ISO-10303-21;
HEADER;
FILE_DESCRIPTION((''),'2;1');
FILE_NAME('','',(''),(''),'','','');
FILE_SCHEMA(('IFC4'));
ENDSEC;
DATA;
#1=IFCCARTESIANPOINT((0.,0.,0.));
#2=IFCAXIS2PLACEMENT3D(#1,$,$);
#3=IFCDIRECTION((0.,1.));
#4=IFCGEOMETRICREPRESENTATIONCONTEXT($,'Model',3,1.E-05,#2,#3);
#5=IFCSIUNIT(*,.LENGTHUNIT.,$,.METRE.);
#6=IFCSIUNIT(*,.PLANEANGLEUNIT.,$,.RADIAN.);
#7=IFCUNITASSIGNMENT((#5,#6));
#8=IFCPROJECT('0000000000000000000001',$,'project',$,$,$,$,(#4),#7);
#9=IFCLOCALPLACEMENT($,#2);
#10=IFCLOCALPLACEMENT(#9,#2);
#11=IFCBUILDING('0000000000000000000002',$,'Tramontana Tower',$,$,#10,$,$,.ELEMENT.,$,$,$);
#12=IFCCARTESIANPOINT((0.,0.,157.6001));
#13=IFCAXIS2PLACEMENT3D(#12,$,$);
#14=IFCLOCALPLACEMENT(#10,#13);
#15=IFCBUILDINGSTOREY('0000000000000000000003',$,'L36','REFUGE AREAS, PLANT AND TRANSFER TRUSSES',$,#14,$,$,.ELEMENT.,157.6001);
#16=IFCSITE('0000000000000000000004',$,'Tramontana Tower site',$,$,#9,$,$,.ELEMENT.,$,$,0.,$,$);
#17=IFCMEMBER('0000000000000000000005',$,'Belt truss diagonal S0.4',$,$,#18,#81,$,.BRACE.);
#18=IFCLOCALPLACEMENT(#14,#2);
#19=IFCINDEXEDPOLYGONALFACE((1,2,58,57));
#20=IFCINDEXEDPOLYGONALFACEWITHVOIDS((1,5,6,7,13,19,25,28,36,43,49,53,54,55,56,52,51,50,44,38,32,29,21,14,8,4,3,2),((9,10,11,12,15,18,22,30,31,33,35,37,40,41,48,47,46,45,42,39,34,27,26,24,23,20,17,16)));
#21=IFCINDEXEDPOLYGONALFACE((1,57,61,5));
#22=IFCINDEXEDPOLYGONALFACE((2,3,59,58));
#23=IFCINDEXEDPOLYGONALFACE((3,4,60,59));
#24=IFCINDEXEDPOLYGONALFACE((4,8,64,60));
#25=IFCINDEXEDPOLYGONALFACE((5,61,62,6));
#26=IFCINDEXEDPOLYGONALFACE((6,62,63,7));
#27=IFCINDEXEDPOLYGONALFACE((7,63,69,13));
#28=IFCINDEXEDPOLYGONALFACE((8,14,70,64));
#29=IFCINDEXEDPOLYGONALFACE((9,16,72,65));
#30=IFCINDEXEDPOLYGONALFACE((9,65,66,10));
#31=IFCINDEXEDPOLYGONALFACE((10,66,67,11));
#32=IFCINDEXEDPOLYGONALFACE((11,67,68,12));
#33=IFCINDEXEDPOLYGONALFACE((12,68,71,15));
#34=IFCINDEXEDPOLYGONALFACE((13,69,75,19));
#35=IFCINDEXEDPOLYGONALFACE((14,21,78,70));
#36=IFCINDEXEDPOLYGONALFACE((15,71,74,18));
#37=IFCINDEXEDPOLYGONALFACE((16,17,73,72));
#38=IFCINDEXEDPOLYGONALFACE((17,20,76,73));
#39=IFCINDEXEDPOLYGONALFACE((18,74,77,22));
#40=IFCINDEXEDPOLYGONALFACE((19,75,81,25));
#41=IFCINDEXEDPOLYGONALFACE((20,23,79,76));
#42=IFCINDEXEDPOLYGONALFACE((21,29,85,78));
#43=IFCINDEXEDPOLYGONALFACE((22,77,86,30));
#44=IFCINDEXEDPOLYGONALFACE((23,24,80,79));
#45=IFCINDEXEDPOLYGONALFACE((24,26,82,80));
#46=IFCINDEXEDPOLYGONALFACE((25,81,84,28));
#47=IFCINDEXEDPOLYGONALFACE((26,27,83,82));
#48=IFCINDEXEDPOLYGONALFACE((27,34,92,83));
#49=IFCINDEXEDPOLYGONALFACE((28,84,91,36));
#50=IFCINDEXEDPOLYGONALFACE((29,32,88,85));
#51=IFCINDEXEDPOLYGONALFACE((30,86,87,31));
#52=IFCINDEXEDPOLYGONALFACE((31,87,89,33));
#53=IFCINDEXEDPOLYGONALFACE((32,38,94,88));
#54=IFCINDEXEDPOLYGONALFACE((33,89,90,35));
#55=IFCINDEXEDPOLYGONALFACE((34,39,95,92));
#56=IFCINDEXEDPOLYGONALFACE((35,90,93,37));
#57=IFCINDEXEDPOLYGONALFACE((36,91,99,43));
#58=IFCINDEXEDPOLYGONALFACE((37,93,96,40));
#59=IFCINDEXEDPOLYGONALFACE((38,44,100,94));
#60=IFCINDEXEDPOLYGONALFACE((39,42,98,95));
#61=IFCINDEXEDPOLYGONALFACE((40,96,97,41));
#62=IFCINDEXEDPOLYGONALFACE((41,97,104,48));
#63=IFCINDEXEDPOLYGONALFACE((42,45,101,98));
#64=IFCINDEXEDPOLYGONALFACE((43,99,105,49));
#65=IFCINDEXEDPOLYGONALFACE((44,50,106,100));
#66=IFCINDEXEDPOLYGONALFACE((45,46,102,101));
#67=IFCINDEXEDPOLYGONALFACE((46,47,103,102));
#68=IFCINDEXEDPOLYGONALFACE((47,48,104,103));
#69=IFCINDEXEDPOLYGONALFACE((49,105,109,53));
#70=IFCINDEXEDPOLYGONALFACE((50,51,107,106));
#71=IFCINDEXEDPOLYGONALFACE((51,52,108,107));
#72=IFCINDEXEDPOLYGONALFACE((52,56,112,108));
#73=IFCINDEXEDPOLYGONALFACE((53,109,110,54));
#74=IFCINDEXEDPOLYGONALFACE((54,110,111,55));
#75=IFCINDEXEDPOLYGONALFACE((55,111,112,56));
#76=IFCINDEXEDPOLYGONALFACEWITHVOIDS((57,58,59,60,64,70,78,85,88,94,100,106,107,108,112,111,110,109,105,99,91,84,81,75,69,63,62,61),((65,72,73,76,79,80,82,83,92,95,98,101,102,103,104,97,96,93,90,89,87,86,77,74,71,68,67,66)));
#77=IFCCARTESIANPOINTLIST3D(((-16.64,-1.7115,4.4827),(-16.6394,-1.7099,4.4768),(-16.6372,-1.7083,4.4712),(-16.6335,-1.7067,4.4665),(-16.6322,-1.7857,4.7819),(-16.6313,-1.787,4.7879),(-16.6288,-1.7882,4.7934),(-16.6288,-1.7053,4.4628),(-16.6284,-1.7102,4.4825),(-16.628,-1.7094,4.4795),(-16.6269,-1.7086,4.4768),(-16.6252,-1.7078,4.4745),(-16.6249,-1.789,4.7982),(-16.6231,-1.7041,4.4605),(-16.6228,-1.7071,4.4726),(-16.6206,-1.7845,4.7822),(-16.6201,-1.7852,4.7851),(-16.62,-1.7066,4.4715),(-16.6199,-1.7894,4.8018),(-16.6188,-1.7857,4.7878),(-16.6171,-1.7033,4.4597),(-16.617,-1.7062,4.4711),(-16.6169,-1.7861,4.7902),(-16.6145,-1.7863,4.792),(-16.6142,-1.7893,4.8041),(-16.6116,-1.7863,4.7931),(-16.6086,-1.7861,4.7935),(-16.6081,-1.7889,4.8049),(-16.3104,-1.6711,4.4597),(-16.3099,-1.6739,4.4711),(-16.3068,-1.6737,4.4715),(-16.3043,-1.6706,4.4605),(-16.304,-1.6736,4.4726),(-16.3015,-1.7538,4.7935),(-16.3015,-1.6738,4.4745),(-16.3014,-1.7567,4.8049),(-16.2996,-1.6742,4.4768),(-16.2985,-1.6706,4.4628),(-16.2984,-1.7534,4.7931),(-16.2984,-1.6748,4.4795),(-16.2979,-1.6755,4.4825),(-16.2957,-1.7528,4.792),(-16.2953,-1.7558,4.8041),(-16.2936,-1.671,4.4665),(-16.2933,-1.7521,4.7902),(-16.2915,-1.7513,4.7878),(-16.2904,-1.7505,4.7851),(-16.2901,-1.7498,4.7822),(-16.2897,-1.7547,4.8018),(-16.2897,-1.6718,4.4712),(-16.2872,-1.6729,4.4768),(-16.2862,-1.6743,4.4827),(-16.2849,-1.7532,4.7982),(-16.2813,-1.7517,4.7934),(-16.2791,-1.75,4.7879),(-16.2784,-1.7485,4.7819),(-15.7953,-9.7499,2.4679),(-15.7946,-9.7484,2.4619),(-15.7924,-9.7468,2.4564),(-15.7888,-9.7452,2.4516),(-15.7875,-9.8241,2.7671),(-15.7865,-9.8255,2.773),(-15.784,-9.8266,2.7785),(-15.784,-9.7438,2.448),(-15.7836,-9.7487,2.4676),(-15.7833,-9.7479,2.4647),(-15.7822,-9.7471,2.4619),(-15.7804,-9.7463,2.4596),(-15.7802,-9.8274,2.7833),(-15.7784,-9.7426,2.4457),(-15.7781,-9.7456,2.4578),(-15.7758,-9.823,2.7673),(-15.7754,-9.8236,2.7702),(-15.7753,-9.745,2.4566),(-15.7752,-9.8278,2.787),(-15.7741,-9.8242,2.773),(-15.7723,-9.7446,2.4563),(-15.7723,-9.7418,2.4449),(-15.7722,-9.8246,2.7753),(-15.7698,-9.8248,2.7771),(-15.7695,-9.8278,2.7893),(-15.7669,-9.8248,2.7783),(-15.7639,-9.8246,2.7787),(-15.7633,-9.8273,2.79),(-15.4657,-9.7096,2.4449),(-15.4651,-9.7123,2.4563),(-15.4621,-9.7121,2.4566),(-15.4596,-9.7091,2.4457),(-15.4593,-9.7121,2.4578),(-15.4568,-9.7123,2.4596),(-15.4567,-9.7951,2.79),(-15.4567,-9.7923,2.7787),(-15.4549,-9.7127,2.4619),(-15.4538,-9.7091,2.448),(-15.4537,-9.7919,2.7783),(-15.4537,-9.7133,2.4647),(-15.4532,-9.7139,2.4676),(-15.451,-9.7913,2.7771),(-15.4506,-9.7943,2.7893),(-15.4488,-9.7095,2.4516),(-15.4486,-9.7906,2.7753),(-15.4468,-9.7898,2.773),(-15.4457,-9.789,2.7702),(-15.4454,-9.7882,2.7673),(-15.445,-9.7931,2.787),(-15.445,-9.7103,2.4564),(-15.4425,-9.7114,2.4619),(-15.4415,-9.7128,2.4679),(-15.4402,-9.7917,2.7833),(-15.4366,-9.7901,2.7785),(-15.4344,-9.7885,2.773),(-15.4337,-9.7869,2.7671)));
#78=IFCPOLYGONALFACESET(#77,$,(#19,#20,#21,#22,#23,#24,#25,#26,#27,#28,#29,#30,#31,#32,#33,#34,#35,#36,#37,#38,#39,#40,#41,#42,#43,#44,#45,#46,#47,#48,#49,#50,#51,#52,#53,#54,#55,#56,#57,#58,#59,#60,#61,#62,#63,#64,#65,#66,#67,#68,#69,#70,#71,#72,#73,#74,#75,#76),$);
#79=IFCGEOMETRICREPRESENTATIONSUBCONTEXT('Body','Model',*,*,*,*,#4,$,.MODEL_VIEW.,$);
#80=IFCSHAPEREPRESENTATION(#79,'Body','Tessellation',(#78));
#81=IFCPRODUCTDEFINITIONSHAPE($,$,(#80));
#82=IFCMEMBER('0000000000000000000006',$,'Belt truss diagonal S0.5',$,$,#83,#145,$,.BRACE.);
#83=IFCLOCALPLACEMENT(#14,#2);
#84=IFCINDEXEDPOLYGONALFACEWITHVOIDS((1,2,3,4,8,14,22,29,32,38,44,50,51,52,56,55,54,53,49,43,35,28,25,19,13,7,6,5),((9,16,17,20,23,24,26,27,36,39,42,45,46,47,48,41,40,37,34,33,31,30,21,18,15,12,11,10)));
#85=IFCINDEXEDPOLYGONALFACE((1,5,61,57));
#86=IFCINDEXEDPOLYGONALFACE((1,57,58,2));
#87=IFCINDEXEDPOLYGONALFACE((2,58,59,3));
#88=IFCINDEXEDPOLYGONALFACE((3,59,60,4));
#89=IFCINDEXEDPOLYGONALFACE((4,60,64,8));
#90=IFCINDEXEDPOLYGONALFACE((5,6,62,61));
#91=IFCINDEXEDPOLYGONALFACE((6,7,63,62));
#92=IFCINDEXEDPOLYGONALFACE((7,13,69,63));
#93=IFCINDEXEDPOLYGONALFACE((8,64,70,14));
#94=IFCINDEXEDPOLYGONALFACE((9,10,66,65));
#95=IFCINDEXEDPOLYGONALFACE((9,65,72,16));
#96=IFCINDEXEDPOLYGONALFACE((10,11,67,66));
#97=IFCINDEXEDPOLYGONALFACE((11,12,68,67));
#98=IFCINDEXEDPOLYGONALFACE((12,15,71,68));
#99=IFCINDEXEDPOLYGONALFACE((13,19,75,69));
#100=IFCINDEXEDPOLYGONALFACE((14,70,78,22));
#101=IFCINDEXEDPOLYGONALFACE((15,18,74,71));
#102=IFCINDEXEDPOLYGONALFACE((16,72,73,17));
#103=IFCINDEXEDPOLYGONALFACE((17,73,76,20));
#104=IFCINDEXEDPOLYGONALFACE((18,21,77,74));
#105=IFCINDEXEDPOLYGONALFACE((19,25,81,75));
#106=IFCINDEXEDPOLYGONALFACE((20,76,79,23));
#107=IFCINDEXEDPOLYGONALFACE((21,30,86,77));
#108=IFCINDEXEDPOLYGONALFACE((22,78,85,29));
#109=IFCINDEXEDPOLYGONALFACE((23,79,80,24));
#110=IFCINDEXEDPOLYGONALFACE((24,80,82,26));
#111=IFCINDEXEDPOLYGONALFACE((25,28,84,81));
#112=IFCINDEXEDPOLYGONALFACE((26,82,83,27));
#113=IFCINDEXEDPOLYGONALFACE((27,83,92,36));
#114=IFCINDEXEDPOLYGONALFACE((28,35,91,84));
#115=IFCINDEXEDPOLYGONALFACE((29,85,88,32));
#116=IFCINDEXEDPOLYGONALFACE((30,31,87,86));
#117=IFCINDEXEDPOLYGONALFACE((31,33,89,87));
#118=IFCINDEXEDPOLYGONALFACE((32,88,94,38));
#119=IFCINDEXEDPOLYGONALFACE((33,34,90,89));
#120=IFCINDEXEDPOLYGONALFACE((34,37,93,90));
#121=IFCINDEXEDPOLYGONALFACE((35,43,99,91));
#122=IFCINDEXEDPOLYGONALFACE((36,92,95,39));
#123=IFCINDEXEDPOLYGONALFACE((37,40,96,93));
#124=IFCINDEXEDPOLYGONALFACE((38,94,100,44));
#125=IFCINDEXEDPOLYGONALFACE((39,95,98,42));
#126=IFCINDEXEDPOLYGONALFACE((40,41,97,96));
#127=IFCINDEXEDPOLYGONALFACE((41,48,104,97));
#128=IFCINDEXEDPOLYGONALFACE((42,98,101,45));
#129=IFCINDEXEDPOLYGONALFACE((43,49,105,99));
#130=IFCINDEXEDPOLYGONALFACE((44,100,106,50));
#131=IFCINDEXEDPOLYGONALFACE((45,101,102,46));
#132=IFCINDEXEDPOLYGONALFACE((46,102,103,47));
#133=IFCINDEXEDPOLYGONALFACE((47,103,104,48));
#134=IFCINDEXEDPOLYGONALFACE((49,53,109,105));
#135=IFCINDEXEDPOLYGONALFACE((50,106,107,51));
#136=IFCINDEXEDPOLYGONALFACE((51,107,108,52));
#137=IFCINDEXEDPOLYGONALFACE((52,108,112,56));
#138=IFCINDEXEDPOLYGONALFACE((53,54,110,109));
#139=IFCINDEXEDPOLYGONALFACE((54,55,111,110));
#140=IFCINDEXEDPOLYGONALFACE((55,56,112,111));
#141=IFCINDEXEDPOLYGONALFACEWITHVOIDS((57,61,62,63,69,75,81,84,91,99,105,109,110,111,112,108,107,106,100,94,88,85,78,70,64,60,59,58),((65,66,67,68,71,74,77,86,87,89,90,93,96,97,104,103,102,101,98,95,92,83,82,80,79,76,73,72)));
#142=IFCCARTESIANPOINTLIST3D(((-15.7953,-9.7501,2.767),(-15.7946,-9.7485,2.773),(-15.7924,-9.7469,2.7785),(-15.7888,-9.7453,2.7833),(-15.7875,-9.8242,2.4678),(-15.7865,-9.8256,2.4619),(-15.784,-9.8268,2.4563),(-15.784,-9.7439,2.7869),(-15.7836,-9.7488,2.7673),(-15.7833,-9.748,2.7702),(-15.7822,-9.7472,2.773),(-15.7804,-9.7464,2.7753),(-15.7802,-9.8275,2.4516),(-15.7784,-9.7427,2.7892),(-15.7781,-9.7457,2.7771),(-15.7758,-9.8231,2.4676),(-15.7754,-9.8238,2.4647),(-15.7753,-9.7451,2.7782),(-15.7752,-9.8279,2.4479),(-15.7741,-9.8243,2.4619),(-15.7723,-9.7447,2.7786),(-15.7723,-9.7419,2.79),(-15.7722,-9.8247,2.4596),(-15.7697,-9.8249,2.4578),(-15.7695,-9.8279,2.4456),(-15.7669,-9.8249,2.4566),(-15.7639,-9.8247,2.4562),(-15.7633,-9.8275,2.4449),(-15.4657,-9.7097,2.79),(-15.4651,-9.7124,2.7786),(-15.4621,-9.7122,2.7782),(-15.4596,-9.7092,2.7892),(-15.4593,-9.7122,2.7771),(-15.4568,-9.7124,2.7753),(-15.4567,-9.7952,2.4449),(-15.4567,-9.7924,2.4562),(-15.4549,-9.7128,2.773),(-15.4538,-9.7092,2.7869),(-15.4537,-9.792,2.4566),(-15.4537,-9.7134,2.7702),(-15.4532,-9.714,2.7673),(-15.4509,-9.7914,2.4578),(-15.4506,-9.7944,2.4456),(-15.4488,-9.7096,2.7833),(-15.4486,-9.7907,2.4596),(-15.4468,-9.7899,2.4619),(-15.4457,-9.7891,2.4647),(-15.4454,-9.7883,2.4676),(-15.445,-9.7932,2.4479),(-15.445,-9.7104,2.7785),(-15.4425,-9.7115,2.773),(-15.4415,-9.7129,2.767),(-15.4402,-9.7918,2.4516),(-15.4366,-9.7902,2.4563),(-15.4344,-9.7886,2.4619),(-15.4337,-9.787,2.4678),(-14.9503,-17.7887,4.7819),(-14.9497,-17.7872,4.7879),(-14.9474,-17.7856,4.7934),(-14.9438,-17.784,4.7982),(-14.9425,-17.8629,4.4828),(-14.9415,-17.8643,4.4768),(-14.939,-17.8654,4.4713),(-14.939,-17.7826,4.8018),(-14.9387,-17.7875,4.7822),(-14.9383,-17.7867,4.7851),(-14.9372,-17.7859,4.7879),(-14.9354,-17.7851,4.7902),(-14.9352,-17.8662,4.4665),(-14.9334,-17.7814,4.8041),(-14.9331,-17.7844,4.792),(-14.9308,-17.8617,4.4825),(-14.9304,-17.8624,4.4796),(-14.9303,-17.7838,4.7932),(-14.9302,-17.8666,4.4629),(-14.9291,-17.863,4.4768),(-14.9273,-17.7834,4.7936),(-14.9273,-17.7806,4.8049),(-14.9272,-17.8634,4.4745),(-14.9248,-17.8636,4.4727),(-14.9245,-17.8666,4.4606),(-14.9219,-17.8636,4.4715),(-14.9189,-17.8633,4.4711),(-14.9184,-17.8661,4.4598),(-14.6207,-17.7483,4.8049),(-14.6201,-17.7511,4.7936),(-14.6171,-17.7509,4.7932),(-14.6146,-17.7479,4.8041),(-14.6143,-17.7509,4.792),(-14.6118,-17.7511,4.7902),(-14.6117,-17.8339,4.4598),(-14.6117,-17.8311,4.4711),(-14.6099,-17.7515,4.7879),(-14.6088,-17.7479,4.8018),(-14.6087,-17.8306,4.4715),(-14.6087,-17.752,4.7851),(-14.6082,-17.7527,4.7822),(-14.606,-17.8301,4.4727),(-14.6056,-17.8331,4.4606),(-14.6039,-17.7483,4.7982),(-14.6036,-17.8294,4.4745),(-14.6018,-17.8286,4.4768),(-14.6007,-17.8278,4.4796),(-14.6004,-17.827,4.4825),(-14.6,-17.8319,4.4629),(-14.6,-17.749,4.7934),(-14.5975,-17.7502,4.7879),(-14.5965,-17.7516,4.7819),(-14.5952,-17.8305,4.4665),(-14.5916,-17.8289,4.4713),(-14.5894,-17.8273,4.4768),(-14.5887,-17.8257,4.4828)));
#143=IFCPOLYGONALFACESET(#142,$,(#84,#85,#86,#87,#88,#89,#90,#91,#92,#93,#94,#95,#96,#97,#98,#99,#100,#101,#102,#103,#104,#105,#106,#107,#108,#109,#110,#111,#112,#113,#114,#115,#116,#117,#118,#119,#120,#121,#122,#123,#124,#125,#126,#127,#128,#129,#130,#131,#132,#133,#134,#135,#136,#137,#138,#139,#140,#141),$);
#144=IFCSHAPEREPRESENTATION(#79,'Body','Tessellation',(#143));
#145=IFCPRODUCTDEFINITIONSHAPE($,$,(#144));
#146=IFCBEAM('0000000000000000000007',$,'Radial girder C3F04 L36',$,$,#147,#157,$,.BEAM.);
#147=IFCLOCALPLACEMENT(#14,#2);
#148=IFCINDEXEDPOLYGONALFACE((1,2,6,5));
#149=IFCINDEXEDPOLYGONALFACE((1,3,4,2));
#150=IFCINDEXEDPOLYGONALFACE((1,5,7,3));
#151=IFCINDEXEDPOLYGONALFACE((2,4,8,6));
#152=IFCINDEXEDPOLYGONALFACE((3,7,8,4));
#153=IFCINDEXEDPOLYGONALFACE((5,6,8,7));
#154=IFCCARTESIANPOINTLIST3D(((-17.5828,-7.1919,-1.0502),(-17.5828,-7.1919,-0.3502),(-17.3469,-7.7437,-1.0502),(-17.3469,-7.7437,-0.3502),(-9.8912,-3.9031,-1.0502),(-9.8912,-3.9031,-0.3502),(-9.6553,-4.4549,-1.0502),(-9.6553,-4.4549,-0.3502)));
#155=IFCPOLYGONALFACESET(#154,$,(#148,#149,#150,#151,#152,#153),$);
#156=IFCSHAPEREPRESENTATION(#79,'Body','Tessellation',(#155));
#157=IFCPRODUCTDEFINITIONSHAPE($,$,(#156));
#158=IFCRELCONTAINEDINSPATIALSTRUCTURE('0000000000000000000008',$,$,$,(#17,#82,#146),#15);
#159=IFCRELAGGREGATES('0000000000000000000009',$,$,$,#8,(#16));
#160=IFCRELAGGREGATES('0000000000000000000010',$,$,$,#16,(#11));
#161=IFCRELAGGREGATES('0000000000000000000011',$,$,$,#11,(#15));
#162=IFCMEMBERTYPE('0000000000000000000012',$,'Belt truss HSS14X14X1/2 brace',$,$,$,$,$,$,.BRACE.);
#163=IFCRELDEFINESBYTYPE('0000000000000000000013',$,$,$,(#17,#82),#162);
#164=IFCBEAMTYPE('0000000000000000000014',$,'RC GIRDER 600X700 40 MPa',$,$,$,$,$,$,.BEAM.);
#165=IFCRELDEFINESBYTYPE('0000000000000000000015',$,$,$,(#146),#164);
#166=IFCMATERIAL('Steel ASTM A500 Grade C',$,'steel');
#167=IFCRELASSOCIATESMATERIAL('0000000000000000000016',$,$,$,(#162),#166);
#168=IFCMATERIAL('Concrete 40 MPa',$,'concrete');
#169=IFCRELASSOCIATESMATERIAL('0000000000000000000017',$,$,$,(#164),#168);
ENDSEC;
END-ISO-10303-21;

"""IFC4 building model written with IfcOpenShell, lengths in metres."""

from ifc_helpers import new_model, si_unit, direction, frame, origin, origin_2d, place, context, subcontext, project, spatial, rectangle, hollow_rectangle, extrude, material, material_profile, profile_set, type_object, element, save


model = new_model("IFC4")

# Units and contexts
model_context = context("Model", 3, precision=1e-05, world=origin(), true_north=direction((0.0, 1.0)))
body_context = subcontext(model_context, "Body", "Model", "MODEL_VIEW")
ifc_project = project(units=[si_unit("LENGTHUNIT", "METRE"), si_unit("PLANEANGLEUNIT", "RADIAN")], contexts=[model_context])

# Site, building, storey
site_placement = place(None, origin())
site = spatial("IfcSite", under=ifc_project, at=site_placement, Name="Tramontana Tower site", CompositionType="ELEMENT", RefElevation=0.0)
building_placement = place(site_placement, origin())
building = spatial("IfcBuilding", under=site, at=building_placement, Name="Tramontana Tower", CompositionType="ELEMENT")
storey_placement = place(building_placement, frame((0.0, 0.0, 157.6001)))
storey = spatial("IfcBuildingStorey", under=building, at=storey_placement, Name="L36", Description="REFUGE AREAS, PLANT AND TRANSFER TRUSSES", CompositionType="ELEMENT", Elevation=157.6001)

# Members
ifc_material_1 = material(Name="Steel ASTM A500 Grade C", Category="steel")
ifc_material_profile_1 = material_profile(ifc_material_1, hollow_rectangle(XDim=0.3557, YDim=0.3557, WallThickness=0.0117, InnerFilletRadius=0.0117, OuterFilletRadius=0.0237, at=origin_2d()), Name="HSS14X14X1/2")
ifc_profile_set_1 = profile_set([ifc_material_profile_1], Name="Steel ASTM A500 Grade C")
member_type_1 = type_object("IfcMemberType", Name="Belt truss HSS14X14X1/2 brace", PredefinedType="BRACE", material=ifc_profile_set_1)
member_1_placement = place(storey_placement, frame((-16.4592, -1.73, 4.6323), z_axis=(0.101405, -0.964993, -0.241878), x_axis=(0.994524, 0.104509, 0.0)))
element("IfcMember", 1, at=member_1_placement, inside=storey, type_object=member_type_1, Name="Belt truss diagonal S0.4", PredefinedType="BRACE", context=body_context, shape_type="SweptSolid", body=[
    extrude(hollow_rectangle(XDim=0.3557, YDim=0.3557, WallThickness=0.0117, InnerFilletRadius=0.0117, OuterFilletRadius=0.0237, at=origin_2d()), origin(), (0.0, 0.0, 1.0), 8.3301),
])
member_2_placement = place(storey_placement, frame((-15.6145, -9.7686, 2.6174), z_axis=(0.101434, -0.96499, 0.241878), x_axis=(0.994521, 0.104539, 0.0)))
element("IfcMember", 2, at=member_2_placement, inside=storey, type_object=member_type_1, Name="Belt truss diagonal S0.5", PredefinedType="BRACE", context=body_context, shape_type="SweptSolid", body=[
    extrude(hollow_rectangle(XDim=0.3557, YDim=0.3557, WallThickness=0.0117, InnerFilletRadius=0.0117, OuterFilletRadius=0.0237, at=origin_2d()), origin(), (0.0, 0.0, 1.0), 8.3303),
])

# Beam
ifc_material_2 = material(Name="Concrete 40 MPa", Category="concrete")
ifc_material_profile_2 = material_profile(ifc_material_2, rectangle(XDim=0.6001, YDim=0.7, at=origin_2d()), Name="RC GIRDER 600X700 40 MPa")
ifc_profile_set_2 = profile_set([ifc_material_profile_2], Name="Concrete 40 MPa")
beam_type = type_object("IfcBeamType", Name="RC GIRDER 600X700 40 MPa", PredefinedType="BEAM", material=ifc_profile_set_2)
beam_placement = place(storey_placement, frame((-17.4648, -7.4678, -0.7002), z_axis=(0.919474, 0.393151, 0.0), x_axis=(-0.393151, 0.919474, 0.0)))
element("IfcBeam", 3, at=beam_placement, inside=storey, type_object=beam_type, Name="Radial girder C3F04 L36", PredefinedType="BEAM", context=body_context, shape_type="SweptSolid", body=[
    extrude(rectangle(XDim=0.6001, YDim=0.7, at=origin_2d()), origin(), (0.0, 0.0, 1.0), 8.3652),
])

save(model, "model.ifc")
